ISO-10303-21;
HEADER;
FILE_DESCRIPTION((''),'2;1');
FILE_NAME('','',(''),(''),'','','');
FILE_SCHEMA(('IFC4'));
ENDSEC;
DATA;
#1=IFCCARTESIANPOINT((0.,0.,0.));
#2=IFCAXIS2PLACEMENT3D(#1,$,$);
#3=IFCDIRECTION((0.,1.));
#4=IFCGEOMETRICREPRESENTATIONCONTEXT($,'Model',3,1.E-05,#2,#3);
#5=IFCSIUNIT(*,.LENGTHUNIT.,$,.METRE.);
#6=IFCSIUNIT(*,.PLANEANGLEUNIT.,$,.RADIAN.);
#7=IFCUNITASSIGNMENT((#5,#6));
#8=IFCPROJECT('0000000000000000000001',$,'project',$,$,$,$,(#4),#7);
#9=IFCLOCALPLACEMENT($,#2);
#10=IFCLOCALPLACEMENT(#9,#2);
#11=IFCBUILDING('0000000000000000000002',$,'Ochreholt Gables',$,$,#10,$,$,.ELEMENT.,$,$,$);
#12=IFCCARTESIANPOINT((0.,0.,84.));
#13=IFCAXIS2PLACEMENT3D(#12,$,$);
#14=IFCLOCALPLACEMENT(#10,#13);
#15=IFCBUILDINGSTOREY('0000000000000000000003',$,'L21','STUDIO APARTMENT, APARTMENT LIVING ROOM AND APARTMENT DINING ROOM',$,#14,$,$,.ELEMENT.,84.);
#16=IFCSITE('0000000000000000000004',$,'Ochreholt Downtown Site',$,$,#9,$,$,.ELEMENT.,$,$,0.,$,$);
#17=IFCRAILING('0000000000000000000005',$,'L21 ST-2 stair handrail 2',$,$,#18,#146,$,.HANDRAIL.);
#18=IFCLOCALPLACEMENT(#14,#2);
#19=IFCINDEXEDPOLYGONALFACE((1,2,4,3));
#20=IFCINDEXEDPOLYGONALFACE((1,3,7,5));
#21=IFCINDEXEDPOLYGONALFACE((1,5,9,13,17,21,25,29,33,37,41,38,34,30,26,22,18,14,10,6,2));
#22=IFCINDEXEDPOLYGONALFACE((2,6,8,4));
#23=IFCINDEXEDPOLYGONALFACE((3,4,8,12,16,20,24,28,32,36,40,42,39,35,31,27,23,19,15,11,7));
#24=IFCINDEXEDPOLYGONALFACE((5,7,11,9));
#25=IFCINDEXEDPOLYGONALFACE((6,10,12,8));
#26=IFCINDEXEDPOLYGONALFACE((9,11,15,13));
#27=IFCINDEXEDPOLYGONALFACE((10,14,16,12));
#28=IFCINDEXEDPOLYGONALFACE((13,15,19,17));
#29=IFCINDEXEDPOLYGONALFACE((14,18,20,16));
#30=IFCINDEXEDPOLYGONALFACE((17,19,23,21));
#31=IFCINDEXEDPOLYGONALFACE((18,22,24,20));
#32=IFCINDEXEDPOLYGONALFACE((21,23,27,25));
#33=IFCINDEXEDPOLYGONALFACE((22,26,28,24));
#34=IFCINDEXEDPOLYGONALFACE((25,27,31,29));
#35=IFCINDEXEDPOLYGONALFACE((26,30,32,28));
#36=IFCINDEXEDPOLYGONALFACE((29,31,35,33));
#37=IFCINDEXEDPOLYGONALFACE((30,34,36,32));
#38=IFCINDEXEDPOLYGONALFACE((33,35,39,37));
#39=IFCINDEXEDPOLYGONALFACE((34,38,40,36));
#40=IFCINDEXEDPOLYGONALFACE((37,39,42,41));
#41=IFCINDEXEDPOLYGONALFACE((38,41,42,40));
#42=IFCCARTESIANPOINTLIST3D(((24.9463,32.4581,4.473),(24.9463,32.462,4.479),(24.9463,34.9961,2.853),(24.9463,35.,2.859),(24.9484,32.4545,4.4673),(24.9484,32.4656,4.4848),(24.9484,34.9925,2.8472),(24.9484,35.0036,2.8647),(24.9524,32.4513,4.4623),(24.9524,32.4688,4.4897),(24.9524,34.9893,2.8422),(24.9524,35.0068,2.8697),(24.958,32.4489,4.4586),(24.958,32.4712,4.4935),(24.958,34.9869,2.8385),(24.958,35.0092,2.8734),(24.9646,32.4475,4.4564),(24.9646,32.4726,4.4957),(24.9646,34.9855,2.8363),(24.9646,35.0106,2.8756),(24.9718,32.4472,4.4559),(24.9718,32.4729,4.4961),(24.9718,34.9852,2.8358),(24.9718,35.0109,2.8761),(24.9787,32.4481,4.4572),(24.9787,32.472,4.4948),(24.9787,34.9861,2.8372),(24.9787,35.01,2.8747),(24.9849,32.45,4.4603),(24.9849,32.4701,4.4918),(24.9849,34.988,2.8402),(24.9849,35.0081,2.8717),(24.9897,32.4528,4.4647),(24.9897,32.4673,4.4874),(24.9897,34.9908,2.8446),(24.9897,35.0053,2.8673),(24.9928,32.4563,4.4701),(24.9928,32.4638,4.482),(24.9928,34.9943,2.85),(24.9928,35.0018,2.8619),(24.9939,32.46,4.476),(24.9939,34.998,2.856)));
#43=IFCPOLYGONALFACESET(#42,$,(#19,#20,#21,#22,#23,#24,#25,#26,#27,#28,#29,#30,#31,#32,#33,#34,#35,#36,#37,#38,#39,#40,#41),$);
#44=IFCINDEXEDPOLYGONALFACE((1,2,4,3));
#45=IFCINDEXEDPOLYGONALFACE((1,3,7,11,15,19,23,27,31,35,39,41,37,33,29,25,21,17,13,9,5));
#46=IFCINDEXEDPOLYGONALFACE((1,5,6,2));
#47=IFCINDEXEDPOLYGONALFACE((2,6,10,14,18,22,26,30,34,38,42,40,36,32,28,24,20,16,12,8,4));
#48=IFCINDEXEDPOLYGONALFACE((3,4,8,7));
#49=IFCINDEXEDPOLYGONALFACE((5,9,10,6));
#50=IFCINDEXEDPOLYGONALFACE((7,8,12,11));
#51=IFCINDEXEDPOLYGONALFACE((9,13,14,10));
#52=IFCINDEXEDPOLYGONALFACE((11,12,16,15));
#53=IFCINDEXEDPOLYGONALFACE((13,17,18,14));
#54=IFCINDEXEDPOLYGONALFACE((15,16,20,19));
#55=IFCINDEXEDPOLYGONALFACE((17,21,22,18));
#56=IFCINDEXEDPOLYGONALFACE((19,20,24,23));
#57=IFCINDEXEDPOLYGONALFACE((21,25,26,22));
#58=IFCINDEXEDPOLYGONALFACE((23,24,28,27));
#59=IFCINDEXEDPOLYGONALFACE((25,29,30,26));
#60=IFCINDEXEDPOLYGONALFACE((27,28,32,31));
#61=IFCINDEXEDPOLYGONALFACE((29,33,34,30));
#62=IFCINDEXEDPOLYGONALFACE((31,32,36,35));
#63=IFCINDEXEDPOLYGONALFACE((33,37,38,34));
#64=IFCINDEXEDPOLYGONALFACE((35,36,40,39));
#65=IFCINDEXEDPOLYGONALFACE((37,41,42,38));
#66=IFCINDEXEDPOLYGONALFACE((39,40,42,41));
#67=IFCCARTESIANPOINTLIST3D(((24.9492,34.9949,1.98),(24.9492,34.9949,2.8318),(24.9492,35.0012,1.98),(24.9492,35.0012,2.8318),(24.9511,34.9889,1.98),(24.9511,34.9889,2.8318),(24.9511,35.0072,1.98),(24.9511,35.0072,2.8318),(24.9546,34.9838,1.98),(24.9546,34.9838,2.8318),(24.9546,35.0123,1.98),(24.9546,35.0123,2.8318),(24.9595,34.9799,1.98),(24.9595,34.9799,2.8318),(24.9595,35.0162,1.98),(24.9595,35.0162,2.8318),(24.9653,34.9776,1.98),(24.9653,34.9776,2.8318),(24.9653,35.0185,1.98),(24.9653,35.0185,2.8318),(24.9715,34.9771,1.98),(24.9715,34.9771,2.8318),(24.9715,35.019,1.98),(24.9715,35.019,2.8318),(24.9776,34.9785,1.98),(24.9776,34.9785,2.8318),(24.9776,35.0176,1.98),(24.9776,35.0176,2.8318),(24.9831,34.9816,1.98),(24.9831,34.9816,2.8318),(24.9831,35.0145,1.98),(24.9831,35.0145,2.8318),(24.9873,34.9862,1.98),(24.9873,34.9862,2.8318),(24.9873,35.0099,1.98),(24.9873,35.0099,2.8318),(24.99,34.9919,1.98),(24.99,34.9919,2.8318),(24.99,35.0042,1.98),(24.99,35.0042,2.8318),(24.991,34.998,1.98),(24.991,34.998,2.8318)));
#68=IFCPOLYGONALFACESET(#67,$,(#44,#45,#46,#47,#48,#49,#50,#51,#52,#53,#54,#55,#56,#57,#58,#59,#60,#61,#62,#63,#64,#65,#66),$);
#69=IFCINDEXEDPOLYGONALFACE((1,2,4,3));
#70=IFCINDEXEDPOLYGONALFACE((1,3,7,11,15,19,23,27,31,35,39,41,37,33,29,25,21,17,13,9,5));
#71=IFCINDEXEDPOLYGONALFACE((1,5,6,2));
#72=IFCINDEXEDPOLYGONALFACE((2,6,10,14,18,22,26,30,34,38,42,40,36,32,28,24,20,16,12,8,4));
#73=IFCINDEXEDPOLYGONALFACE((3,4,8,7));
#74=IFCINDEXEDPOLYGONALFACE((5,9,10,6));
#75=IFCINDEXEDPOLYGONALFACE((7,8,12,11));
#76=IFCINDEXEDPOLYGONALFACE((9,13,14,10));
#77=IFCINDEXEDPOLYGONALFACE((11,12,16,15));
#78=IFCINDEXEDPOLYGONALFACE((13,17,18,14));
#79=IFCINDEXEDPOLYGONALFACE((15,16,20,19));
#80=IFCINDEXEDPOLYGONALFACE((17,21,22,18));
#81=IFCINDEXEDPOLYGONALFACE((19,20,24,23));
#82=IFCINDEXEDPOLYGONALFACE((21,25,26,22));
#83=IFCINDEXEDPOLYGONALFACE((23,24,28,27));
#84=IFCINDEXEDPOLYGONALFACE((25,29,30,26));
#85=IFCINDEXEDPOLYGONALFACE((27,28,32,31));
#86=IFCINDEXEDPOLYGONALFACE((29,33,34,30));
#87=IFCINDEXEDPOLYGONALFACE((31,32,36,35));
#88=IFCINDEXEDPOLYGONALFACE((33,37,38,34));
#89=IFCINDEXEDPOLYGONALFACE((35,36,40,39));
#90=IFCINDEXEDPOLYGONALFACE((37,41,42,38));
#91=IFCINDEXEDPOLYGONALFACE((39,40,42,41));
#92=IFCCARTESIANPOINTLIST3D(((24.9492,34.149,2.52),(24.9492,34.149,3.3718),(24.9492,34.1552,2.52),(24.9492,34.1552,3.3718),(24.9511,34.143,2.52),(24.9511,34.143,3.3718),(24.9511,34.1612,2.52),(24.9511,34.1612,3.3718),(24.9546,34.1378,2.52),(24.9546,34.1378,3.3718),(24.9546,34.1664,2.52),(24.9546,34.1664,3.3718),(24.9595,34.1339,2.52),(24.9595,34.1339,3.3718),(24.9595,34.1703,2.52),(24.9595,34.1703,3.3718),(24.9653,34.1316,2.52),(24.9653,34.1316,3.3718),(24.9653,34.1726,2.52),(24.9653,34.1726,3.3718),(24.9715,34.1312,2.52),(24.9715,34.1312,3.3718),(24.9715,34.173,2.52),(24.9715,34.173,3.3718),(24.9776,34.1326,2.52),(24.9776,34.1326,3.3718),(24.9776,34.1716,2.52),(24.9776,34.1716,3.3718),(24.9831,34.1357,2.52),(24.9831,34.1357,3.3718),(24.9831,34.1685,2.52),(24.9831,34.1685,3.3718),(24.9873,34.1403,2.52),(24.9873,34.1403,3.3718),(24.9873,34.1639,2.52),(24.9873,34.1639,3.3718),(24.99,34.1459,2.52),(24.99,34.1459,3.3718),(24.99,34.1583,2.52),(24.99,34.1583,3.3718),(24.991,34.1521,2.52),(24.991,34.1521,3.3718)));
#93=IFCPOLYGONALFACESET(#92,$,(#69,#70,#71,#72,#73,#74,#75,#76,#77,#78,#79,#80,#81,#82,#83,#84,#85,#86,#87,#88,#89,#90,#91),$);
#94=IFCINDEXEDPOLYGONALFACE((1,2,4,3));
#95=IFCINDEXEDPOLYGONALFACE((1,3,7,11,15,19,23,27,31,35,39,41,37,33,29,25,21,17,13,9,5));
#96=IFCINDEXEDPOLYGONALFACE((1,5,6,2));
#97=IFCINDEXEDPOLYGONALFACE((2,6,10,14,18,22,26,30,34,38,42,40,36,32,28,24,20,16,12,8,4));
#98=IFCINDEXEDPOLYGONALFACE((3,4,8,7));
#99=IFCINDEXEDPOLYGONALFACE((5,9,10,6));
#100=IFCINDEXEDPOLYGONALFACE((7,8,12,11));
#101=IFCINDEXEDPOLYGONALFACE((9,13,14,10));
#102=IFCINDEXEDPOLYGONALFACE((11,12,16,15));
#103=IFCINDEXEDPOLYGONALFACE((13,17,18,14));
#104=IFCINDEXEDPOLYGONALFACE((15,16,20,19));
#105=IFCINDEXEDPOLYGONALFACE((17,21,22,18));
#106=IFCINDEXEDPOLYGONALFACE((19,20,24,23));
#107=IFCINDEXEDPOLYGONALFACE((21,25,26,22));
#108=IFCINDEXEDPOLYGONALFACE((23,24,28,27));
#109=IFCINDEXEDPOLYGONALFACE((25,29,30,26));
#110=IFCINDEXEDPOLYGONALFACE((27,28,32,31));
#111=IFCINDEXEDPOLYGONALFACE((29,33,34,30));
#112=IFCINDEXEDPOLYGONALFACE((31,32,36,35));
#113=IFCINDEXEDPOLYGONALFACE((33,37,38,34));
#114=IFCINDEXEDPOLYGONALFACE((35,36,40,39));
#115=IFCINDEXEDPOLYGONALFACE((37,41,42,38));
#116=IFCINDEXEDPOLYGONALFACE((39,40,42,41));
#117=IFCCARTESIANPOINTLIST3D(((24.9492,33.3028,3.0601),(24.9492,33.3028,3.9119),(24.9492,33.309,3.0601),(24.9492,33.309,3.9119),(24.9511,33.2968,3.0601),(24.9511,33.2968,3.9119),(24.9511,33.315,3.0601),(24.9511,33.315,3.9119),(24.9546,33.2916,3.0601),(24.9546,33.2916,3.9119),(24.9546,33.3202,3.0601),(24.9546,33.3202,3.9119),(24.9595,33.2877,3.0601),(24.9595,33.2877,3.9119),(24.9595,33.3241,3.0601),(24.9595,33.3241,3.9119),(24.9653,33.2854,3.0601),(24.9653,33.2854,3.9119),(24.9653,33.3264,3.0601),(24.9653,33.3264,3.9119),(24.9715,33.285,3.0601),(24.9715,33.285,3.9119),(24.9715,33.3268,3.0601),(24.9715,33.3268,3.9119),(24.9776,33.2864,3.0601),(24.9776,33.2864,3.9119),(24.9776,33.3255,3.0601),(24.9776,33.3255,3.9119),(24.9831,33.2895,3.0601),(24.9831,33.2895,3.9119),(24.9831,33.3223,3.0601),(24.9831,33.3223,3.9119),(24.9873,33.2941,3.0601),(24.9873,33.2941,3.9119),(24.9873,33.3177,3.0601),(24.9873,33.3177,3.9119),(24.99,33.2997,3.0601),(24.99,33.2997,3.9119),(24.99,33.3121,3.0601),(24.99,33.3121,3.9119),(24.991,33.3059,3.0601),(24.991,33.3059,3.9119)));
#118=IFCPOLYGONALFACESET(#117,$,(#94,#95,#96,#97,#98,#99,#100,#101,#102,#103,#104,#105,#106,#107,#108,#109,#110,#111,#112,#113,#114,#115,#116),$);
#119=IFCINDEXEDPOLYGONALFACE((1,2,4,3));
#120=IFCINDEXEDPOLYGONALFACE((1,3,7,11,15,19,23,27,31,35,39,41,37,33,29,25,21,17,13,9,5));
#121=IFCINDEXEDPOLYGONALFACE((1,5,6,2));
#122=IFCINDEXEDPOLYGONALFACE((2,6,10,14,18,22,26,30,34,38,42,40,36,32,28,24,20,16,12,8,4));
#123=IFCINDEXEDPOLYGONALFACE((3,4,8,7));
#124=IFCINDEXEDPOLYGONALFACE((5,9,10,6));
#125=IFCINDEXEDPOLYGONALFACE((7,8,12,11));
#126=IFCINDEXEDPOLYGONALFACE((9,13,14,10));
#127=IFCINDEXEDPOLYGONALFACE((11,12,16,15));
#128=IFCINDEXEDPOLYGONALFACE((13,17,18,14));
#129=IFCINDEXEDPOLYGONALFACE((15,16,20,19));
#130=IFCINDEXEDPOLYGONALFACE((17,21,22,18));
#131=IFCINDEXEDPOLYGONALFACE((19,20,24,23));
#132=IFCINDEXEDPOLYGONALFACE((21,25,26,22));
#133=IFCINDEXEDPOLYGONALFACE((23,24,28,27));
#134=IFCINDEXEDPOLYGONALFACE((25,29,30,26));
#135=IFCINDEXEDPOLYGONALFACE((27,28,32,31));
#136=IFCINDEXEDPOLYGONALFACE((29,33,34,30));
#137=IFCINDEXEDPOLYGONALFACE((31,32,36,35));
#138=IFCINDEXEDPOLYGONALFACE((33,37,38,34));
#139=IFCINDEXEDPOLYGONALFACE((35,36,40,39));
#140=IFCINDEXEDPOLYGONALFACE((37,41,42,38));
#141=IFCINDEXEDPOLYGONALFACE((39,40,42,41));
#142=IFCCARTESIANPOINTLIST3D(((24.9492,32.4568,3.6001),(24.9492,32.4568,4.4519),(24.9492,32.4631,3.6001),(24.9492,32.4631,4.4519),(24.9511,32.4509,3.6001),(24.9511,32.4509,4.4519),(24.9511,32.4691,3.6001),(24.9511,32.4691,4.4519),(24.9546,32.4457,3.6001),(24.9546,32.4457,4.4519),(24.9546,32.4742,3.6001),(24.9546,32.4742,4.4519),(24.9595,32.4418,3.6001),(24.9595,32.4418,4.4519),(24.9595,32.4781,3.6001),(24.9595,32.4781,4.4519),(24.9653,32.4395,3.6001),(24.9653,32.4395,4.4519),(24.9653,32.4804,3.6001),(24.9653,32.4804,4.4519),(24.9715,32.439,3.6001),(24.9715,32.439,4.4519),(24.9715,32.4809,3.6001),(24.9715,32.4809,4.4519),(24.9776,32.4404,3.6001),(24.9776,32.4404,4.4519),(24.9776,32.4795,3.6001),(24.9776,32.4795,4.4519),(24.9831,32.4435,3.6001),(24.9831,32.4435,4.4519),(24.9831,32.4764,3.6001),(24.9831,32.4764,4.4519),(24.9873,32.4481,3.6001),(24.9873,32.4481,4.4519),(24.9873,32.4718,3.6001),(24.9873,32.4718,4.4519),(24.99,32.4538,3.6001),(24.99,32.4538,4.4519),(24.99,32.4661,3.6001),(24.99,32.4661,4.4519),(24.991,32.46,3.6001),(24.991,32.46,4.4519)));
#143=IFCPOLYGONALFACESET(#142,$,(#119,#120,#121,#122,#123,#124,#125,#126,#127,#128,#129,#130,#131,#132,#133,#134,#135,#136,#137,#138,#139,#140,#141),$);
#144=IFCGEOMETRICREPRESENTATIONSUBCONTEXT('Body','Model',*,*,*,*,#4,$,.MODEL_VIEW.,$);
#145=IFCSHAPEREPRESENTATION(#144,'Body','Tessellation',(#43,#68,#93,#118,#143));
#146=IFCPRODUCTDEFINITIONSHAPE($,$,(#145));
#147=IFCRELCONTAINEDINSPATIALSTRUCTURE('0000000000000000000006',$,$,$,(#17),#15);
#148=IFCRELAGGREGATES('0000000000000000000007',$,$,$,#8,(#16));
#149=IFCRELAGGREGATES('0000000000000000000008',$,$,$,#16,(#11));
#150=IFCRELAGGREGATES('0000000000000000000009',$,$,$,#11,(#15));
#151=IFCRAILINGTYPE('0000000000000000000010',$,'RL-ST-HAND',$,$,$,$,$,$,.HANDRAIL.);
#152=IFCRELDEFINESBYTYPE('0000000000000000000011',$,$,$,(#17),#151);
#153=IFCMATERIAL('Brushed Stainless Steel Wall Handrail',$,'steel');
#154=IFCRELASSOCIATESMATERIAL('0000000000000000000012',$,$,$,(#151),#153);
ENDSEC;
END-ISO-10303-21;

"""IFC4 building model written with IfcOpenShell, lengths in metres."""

from ifc_helpers import new_model, si_unit, direction, frame, origin, origin_2d, place, context, subcontext, project, spatial, circle, extrude, material, type_object, element, save


model = new_model("IFC4")

# Units and contexts
model_context = context("Model", 3, precision=1e-05, world=origin(), true_north=direction((0.0, 1.0)))
body_context = subcontext(model_context, "Body", "Model", "MODEL_VIEW")
ifc_project = project(units=[si_unit("LENGTHUNIT", "METRE"), si_unit("PLANEANGLEUNIT", "RADIAN")], contexts=[model_context])

# Site, building, storey
site_placement = place(None, origin())
site = spatial("IfcSite", under=ifc_project, at=site_placement, Name="Ochreholt Downtown Site", CompositionType="ELEMENT", RefElevation=0.0)
building_placement = place(site_placement, origin())
building = spatial("IfcBuilding", under=site, at=building_placement, Name="Ochreholt Gables", CompositionType="ELEMENT")
storey_placement = place(building_placement, frame((0.0, 0.0, 84.0)))
storey = spatial("IfcBuildingStorey", under=building, at=storey_placement, Name="L21", Description="STUDIO APARTMENT, APARTMENT LIVING ROOM AND APARTMENT DINING ROOM", CompositionType="ELEMENT", Elevation=84.0)

# Railing
ifc_material_1 = material(Name="Brushed Stainless Steel Wall Handrail", Category="steel")
railing_type_1 = type_object("IfcRailingType", Name="RL-ST-HAND", PredefinedType="HANDRAIL", material=ifc_material_1)
railing_1_placement = place(storey_placement, frame((24.97, 34.998, 1.98)))
element("IfcRailing", 1, at=railing_1_placement, inside=storey, type_object=railing_type_1, Name="L21 ST-2 stair handrail 2", PredefinedType="HANDRAIL", context=body_context, shape_type="SweptSolid", body=[
    extrude(circle(Radius=0.0239, at=origin_2d()), frame((0.0, 0.0, 0.876), z_axis=(0.0, -0.842913, 0.53805), x_axis=(1.0, 0.0, 0.0)), (0.0, 0.0, 1.0), 3.011),
    extrude(circle(Radius=0.021, at=origin_2d()), origin(), (0.0, 0.0, 1.0), 0.8518),
    extrude(circle(Radius=0.021, at=origin_2d()), frame((0.0, -0.8459, 0.54)), (0.0, 0.0, 1.0), 0.8518),
    extrude(circle(Radius=0.021, at=origin_2d()), frame((0.0, -1.6921, 1.0801)), (0.0, 0.0, 1.0), 0.8518),
    extrude(circle(Radius=0.021, at=origin_2d()), frame((0.0, -2.5381, 1.6201)), (0.0, 0.0, 1.0), 0.8518),
])

save(model, "model.ifc")
